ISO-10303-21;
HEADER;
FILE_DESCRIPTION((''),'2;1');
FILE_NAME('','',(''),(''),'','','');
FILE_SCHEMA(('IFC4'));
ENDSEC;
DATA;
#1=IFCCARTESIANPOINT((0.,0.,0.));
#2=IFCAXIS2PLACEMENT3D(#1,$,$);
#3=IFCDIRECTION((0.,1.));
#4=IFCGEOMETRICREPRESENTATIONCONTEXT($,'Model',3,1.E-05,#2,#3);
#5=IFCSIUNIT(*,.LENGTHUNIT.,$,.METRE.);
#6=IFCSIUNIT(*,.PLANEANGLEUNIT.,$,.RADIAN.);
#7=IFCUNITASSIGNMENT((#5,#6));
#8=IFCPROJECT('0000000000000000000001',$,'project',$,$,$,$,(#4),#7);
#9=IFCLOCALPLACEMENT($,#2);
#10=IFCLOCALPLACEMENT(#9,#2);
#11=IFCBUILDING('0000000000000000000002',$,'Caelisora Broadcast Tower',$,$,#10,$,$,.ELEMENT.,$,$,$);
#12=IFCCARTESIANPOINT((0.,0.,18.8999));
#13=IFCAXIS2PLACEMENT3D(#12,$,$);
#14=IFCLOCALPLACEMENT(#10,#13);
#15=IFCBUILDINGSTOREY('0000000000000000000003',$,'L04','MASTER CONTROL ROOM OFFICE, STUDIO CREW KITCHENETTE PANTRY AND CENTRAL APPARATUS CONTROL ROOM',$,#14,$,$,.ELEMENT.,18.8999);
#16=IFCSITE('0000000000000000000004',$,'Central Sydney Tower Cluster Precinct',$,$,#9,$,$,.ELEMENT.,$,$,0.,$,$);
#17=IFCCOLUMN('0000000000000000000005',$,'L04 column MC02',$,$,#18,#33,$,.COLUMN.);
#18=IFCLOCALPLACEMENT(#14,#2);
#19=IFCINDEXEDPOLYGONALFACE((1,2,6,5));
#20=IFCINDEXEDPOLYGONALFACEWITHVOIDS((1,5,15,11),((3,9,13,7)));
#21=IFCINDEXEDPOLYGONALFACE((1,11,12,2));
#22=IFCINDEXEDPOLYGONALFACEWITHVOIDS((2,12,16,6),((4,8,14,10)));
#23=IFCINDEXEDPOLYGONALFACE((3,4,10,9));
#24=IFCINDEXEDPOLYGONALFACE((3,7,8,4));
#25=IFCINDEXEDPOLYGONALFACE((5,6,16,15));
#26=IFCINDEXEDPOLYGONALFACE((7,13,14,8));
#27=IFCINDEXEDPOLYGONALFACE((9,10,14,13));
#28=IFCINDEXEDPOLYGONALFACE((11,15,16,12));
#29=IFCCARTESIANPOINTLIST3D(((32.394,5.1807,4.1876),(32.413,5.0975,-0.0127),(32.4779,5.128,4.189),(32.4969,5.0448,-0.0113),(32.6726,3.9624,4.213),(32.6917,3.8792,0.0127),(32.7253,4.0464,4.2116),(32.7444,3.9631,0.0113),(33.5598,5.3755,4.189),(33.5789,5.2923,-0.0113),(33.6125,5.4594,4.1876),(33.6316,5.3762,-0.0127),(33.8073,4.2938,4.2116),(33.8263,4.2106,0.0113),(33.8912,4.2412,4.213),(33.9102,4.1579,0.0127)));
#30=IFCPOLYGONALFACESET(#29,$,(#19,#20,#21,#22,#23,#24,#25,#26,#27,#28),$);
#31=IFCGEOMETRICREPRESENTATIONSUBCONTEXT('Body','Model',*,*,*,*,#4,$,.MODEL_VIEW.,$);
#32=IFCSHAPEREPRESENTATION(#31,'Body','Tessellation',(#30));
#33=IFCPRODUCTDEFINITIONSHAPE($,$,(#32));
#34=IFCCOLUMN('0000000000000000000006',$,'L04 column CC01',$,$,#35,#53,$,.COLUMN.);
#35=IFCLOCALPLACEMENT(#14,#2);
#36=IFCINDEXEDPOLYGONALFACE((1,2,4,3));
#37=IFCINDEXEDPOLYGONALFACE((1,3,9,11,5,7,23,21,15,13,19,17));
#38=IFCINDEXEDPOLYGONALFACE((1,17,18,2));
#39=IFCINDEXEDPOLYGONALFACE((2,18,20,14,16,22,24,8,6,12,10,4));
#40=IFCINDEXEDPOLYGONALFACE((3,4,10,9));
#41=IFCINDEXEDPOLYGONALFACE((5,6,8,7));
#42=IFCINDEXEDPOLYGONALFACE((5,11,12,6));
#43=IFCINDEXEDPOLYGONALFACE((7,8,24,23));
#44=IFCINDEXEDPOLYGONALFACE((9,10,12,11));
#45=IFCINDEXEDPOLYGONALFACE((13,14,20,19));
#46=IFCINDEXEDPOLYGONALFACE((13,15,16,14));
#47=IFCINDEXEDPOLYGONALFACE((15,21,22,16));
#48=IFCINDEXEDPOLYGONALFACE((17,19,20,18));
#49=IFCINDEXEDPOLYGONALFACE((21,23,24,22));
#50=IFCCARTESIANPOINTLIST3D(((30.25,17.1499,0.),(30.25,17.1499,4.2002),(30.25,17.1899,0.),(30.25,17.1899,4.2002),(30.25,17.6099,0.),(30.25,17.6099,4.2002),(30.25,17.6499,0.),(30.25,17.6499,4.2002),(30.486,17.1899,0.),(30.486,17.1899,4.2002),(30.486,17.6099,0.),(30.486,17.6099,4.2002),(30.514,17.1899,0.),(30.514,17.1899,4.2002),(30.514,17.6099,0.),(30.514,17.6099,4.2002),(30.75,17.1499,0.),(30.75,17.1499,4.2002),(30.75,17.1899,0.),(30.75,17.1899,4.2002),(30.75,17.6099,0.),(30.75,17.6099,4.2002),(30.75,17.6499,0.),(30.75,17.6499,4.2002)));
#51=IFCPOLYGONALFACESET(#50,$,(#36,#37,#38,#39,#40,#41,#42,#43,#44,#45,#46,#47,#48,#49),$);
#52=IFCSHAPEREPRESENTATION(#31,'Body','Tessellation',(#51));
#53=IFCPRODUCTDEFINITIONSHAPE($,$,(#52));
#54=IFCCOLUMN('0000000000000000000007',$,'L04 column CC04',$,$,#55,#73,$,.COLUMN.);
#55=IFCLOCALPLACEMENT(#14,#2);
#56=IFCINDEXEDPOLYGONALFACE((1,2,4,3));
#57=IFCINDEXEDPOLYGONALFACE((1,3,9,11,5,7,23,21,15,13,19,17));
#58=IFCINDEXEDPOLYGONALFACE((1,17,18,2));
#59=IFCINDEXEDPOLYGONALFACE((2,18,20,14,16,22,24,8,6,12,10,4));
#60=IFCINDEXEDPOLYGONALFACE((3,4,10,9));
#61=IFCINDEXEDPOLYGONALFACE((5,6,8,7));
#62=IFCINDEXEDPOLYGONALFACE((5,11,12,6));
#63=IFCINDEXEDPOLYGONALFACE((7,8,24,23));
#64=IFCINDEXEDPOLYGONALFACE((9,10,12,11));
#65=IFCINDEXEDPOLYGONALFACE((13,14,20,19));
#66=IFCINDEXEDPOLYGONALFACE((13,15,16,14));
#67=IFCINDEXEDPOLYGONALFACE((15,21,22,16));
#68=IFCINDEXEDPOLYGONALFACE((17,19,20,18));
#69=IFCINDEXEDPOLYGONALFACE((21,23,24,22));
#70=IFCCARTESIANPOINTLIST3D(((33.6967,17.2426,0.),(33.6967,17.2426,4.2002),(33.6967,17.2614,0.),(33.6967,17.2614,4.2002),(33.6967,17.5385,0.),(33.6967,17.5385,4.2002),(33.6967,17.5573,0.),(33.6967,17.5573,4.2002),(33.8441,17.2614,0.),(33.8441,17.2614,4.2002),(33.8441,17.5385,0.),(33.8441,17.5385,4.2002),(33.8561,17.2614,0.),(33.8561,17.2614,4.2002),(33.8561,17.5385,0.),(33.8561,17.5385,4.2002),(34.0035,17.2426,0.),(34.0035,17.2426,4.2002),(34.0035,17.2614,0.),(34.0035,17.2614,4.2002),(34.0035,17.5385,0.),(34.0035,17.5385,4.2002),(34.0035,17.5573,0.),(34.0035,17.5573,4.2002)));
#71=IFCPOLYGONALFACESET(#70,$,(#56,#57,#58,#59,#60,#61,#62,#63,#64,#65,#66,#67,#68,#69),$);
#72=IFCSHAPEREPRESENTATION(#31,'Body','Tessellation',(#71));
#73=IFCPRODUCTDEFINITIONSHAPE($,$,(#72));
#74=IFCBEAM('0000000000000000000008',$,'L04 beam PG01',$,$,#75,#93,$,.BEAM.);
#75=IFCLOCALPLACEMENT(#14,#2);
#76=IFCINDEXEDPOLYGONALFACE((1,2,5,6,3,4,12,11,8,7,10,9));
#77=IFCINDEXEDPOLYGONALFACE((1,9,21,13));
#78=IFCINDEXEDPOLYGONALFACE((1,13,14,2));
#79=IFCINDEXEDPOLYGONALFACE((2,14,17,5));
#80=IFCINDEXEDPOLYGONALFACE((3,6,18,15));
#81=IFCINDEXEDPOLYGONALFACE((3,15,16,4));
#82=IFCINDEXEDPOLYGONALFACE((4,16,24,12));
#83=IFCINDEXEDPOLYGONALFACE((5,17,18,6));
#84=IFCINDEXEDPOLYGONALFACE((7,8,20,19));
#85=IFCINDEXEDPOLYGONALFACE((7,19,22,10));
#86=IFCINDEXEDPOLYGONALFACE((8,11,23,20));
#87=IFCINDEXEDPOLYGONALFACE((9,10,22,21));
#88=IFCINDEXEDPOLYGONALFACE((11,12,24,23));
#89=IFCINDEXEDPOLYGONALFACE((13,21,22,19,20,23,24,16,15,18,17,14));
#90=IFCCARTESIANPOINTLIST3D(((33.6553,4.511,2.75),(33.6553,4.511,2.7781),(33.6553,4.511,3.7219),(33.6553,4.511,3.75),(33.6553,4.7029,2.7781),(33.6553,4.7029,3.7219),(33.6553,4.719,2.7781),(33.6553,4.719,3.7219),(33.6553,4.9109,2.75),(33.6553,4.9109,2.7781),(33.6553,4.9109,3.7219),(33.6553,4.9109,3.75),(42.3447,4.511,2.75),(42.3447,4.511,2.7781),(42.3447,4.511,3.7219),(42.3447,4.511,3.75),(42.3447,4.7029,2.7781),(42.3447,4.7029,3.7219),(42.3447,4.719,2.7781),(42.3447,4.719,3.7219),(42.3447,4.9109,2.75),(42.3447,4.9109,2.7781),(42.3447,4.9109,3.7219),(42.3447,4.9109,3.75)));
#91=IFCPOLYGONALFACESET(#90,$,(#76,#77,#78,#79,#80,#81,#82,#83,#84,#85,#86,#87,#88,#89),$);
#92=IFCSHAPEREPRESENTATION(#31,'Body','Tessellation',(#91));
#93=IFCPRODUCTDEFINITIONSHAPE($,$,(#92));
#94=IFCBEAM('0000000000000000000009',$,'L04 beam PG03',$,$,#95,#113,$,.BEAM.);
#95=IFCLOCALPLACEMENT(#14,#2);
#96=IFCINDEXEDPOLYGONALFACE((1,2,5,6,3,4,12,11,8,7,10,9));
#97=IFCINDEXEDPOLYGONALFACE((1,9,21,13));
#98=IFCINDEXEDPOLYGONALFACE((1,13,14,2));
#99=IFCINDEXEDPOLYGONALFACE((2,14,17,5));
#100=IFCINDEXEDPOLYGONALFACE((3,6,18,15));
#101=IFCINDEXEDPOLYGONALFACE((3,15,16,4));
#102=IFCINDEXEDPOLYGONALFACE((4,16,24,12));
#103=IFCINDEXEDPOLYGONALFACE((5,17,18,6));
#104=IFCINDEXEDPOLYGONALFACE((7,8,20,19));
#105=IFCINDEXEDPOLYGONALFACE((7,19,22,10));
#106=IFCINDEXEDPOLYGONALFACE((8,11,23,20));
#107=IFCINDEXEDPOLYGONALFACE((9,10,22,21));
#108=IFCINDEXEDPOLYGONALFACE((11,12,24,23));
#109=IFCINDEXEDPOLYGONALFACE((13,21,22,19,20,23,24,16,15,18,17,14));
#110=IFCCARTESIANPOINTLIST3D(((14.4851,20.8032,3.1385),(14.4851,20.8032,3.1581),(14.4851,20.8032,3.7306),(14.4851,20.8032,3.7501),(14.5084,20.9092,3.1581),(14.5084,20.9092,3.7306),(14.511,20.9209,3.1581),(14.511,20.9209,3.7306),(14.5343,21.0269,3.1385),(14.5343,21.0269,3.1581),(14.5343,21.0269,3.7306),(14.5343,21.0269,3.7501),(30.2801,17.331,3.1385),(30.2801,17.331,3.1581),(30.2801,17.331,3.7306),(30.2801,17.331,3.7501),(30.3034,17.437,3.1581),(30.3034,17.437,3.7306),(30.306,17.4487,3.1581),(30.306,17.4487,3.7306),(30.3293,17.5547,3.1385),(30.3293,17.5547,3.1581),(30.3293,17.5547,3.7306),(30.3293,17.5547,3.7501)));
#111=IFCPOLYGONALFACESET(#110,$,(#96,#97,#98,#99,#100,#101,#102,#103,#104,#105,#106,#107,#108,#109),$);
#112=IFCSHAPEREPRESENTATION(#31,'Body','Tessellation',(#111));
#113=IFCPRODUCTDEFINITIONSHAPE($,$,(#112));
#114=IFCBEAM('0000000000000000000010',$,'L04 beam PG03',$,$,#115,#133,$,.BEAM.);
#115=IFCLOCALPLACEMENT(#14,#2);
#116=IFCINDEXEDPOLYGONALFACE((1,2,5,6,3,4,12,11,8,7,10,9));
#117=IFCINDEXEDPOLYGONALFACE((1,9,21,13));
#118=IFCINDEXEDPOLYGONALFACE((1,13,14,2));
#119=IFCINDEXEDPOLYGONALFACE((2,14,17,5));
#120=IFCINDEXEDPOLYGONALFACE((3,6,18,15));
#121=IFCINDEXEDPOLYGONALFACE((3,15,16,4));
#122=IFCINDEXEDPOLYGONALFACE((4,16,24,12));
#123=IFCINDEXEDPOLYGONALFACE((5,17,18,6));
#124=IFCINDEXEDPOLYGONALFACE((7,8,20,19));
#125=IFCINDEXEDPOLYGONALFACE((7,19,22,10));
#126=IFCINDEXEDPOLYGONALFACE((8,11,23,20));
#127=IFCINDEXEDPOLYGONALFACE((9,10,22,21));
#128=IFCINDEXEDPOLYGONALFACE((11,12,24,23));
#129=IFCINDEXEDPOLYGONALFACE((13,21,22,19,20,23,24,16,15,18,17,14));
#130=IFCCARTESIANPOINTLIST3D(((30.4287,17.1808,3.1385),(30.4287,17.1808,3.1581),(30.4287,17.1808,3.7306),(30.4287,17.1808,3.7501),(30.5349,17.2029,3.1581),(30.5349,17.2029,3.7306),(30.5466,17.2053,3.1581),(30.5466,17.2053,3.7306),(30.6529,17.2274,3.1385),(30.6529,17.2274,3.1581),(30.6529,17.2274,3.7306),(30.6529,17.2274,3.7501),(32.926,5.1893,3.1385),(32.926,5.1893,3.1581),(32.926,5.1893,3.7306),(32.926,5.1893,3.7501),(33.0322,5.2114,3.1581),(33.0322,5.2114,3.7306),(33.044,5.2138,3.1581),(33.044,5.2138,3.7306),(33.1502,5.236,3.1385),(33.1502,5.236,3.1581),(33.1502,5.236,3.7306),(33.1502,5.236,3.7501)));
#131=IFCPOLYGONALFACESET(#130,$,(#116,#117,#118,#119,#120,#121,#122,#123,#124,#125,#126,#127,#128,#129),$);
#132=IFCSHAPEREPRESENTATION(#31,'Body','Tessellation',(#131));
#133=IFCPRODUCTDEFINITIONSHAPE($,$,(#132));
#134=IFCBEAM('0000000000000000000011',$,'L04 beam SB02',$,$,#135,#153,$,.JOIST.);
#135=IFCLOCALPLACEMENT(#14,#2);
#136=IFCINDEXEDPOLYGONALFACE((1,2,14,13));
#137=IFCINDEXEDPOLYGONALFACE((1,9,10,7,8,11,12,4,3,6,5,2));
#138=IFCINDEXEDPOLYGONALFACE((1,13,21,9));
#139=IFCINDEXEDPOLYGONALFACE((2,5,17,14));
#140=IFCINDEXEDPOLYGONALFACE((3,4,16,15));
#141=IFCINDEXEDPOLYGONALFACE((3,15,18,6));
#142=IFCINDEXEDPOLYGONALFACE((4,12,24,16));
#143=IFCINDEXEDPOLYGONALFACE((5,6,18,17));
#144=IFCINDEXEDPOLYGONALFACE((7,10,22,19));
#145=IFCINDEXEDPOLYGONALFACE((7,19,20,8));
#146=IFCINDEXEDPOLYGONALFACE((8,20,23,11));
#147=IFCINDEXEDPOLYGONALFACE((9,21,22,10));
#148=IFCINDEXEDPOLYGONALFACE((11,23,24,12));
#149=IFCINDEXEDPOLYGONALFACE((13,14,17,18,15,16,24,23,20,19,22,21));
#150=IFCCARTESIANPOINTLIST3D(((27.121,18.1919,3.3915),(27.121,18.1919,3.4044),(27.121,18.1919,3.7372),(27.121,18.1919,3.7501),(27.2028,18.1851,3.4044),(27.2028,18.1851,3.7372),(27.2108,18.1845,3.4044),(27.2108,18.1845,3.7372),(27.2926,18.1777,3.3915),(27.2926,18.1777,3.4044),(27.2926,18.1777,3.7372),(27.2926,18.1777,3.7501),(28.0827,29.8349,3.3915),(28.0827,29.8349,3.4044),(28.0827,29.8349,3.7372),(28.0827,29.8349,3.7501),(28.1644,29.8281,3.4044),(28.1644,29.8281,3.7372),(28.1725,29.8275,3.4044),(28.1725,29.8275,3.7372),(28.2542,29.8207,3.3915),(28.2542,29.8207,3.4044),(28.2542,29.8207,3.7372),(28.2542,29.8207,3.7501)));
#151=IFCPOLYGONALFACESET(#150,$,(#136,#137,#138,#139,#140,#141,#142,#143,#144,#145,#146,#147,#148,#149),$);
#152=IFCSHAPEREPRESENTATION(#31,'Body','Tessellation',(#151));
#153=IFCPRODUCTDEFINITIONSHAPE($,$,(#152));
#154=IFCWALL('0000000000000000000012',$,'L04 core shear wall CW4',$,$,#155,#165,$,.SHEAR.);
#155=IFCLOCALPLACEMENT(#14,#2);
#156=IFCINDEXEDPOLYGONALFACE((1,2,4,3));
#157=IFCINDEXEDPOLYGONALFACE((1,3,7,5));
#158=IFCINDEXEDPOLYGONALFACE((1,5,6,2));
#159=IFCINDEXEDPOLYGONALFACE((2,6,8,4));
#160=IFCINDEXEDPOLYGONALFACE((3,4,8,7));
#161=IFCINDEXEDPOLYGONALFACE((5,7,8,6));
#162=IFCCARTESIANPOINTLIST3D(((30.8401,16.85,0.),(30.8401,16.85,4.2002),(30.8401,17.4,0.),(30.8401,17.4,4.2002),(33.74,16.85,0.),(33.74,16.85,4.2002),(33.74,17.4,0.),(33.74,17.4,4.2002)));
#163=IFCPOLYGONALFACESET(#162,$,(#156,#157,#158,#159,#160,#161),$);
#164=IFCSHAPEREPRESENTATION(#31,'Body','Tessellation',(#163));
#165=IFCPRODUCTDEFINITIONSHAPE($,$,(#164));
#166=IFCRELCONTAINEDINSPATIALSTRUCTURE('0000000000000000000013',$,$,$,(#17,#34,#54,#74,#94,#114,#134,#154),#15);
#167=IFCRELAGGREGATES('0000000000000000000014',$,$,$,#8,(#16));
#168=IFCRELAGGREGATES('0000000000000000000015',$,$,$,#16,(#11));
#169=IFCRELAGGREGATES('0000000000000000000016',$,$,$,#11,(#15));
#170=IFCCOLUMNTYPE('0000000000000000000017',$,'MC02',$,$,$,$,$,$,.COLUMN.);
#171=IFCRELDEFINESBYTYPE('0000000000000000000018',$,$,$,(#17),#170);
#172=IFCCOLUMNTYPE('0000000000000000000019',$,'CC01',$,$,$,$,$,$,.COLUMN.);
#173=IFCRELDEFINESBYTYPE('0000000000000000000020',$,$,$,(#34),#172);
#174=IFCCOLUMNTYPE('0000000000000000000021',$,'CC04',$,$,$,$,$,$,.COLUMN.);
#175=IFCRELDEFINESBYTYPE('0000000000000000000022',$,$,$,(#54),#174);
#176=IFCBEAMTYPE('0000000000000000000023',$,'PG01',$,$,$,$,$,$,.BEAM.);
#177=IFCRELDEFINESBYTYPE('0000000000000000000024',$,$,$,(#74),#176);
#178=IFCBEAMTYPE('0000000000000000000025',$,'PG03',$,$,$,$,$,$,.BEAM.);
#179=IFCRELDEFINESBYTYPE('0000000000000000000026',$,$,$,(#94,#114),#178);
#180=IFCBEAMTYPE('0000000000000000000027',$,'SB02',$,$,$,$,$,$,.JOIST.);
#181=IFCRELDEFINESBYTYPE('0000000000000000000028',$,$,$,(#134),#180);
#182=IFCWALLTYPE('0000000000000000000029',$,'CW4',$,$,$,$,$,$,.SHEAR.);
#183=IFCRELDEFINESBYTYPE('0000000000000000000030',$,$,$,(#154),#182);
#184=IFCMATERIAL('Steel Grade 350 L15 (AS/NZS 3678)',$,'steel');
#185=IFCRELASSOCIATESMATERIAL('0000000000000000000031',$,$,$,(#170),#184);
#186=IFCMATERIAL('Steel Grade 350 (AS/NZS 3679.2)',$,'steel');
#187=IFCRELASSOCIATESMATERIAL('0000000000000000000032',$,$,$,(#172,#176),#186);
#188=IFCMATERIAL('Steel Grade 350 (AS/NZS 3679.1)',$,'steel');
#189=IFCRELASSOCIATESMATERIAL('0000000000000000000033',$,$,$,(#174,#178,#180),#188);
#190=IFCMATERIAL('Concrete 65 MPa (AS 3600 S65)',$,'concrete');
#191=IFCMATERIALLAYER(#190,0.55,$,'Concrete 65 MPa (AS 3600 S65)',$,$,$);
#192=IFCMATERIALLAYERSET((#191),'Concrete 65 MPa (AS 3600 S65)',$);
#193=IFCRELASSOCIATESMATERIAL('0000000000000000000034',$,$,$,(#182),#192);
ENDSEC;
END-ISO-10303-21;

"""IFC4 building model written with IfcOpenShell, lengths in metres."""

from ifc_helpers import new_model, si_unit, direction, frame, frame_2d, origin, origin_2d, place, context, subcontext, project, spatial, rectangle, hollow_rectangle, i_section, extrude, source, transform, mapped, material, layer, layer_set, material_profile, profile_set, type_object, type_shapes, element, save


model = new_model("IFC4")

# Units and contexts
model_context = context("Model", 3, precision=1e-05, world=origin(), true_north=direction((0.0, 1.0)))
body_context = subcontext(model_context, "Body", "Model", "MODEL_VIEW")
ifc_project = project(units=[si_unit("LENGTHUNIT", "METRE"), si_unit("PLANEANGLEUNIT", "RADIAN")], contexts=[model_context])

# Site, building, storey
site_placement = place(None, origin())
site = spatial("IfcSite", under=ifc_project, at=site_placement, Name="Central Sydney Tower Cluster Precinct", CompositionType="ELEMENT", RefElevation=0.0)
building_placement = place(site_placement, origin())
building = spatial("IfcBuilding", under=site, at=building_placement, Name="Caelisora Broadcast Tower", CompositionType="ELEMENT")
storey_placement = place(building_placement, frame((0.0, 0.0, 18.8999)))
storey = spatial("IfcBuildingStorey", under=building, at=storey_placement, Name="L04", Description="MASTER CONTROL ROOM OFFICE, STUDIO CREW KITCHENETTE PANTRY AND CENTRAL APPARATUS CONTROL ROOM", CompositionType="ELEMENT", Elevation=18.8999)

# Columns
ifc_material_1 = material(Name="Steel Grade 350 L15 (AS/NZS 3678)", Category="steel")
ifc_material_profile_1 = material_profile(ifc_material_1, hollow_rectangle(XDim=1.25, YDim=1.25, WallThickness=0.0701, at=origin_2d()), Name="Steel Grade 350 L15 (AS/NZS 3678)")
ifc_profile_set_1 = profile_set([ifc_material_profile_1], Name="Steel Grade 350 L15 (AS/NZS 3678)")
column_type_1 = type_object("IfcColumnType", Name="MC02", PredefinedType="COLUMN", material=ifc_profile_set_1)
shared_shape_1 = source(origin(), body_context, "Body", "SweptSolid", [
    extrude(hollow_rectangle(XDim=1.25, YDim=1.25, WallThickness=0.0701, at=origin_2d()), origin(), (0.0, 0.0, 1.0), 4.2012),
])
type_shapes(column_type_1, [shared_shape_1])
column_1_placement = place(storey_placement, frame((33.1616, 4.6277, 0.0), z_axis=(-0.004533, 0.019817, 0.999793), x_axis=(-0.974823, -0.22298, 0.0)))
element("IfcColumn", 1, at=column_1_placement, inside=storey, type_object=column_type_1, Name="L04 column MC02", PredefinedType="COLUMN", context=body_context, shape_type="MappedRepresentation", body=[
    mapped(shared_shape_1, transform((0.0, 0.0, 0.0), scale=1.0)),
])
ifc_material_2 = material(Name="Steel Grade 350 (AS/NZS 3679.2)", Category="steel")
ifc_material_profile_2 = material_profile(ifc_material_2, i_section(OverallWidth=0.5, OverallDepth=0.5, WebThickness=0.0281, FlangeThickness=0.04, at=origin_2d()), Name="Steel Grade 350 (AS/NZS 3679.2)")
ifc_profile_set_2 = profile_set([ifc_material_profile_2], Name="Steel Grade 350 (AS/NZS 3679.2)")
column_type_2 = type_object("IfcColumnType", Name="CC01", PredefinedType="COLUMN", material=ifc_profile_set_2)
shared_shape_2 = source(origin(), body_context, "Body", "SweptSolid", [
    extrude(i_section(OverallWidth=0.5, OverallDepth=0.5, WebThickness=0.0281, FlangeThickness=0.04, at=origin_2d()), origin(), (0.0, 0.0, 1.0), 4.2002),
])
type_shapes(column_type_2, [shared_shape_2])
column_2_placement = place(storey_placement, frame((30.5, 17.3999, 0.0), z_axis=(0.0, 0.0, 1.0), x_axis=(1.0, 0.0, 0.0)))
element("IfcColumn", 2, at=column_2_placement, inside=storey, type_object=column_type_2, Name="L04 column CC01", PredefinedType="COLUMN", context=body_context, shape_type="MappedRepresentation", body=[
    mapped(shared_shape_2, transform((0.0, 0.0, 0.0), scale=1.0)),
])
ifc_material_3 = material(Name="Steel Grade 350 (AS/NZS 3679.1)", Category="steel")
ifc_material_profile_3 = material_profile(ifc_material_3, i_section(OverallWidth=0.3069, OverallDepth=0.3147, WebThickness=0.012, FlangeThickness=0.0188, at=origin_2d()), Name="Steel Grade 350 (AS/NZS 3679.1)")
ifc_profile_set_3 = profile_set([ifc_material_profile_3], Name="Steel Grade 350 (AS/NZS 3679.1)")
column_type_3 = type_object("IfcColumnType", Name="CC04", PredefinedType="COLUMN", material=ifc_profile_set_3)
shared_shape_3 = source(origin(), body_context, "Body", "SweptSolid", [
    extrude(i_section(OverallWidth=0.3069, OverallDepth=0.3147, WebThickness=0.012, FlangeThickness=0.0188, at=origin_2d()), origin(), (0.0, 0.0, 1.0), 4.2002),
])
type_shapes(column_type_3, [shared_shape_3])
column_3_placement = place(storey_placement, frame((33.8501, 17.3999, 0.0), z_axis=(0.0, 0.0, 1.0), x_axis=(1.0, 0.0, 0.0)))
element("IfcColumn", 3, at=column_3_placement, inside=storey, type_object=column_type_3, Name="L04 column CC04", PredefinedType="COLUMN", context=body_context, shape_type="MappedRepresentation", body=[
    mapped(shared_shape_3, transform((0.0, 0.0, 0.0), scale=1.0)),
])

# Beams
ifc_material_profile_4 = material_profile(ifc_material_2, i_section(OverallWidth=0.3999, OverallDepth=1.0, WebThickness=0.0161, FlangeThickness=0.0281, at=origin_2d()), Name="Steel Grade 350 (AS/NZS 3679.2)")
ifc_profile_set_4 = profile_set([ifc_material_profile_4], Name="Steel Grade 350 (AS/NZS 3679.2)")
beam_type_1 = type_object("IfcBeamType", Name="PG01", PredefinedType="BEAM", material=ifc_profile_set_4)
shared_shape_4 = source(origin(), body_context, "Body", "SweptSolid", [
    extrude(i_section(OverallWidth=0.3999, OverallDepth=1.0, WebThickness=0.0161, FlangeThickness=0.0281, at=origin_2d()), origin(), (0.0, 0.0, 1.0), 8.6895),
])
type_shapes(beam_type_1, [shared_shape_4])
beam_1_placement = place(storey_placement, frame((33.6553, 4.7109, 3.25), z_axis=(1.0, 0.0, 0.0), x_axis=(0.0, 1.0, 0.0)))
element("IfcBeam", 4, at=beam_1_placement, inside=storey, type_object=beam_type_1, Name="L04 beam PG01", PredefinedType="BEAM", context=body_context, shape_type="MappedRepresentation", body=[
    mapped(shared_shape_4, transform((0.0, 0.0, 0.0), scale=1.0)),
])
ifc_material_profile_5 = material_profile(ifc_material_3, i_section(OverallWidth=0.229, OverallDepth=0.6116, WebThickness=0.012, FlangeThickness=0.0195, at=origin_2d()), Name="Steel Grade 350 (AS/NZS 3679.1)")
ifc_profile_set_5 = profile_set([ifc_material_profile_5], Name="Steel Grade 350 (AS/NZS 3679.1)")
beam_type_2 = type_object("IfcBeamType", Name="PG03", PredefinedType="BEAM", material=ifc_profile_set_5)
shared_shape_5 = source(origin(), body_context, "Body", "SweptSolid", [
    extrude(i_section(OverallWidth=0.229, OverallDepth=0.6116, WebThickness=0.012, FlangeThickness=0.0195, at=origin_2d()), origin(), (0.0, 0.0, 1.0), 16.1721),
])
beam_2_placement = place(storey_placement, frame((30.3047, 17.4429, 3.4443), z_axis=(-0.97668, 0.214702, 0.0), x_axis=(-0.214702, -0.97668, 0.0)))
element("IfcBeam", 5, at=beam_2_placement, inside=storey, type_object=beam_type_2, Name="L04 beam PG03", PredefinedType="BEAM", context=body_context, shape_type="MappedRepresentation", body=[
    mapped(shared_shape_5, transform((0.0, 0.0, 0.0), scale=1.0)),
])
shared_shape_6 = source(origin(), body_context, "Body", "SweptSolid", [
    extrude(i_section(OverallWidth=0.229, OverallDepth=0.6116, WebThickness=0.012, FlangeThickness=0.0195, at=origin_2d()), origin(), (0.0, 0.0, 1.0), 12.2488),
])
type_shapes(beam_type_2, [shared_shape_5, shared_shape_6])
beam_3_placement = place(storey_placement, frame((30.5408, 17.2041, 3.4443), z_axis=(0.203883, -0.978995, 0.0), x_axis=(0.978995, 0.203883, 0.0)))
element("IfcBeam", 6, at=beam_3_placement, inside=storey, type_object=beam_type_2, Name="L04 beam PG03", PredefinedType="BEAM", context=body_context, shape_type="MappedRepresentation", body=[
    mapped(shared_shape_6, transform((0.0, 0.0, 0.0), scale=1.0)),
])
ifc_material_profile_6 = material_profile(ifc_material_3, i_section(OverallWidth=0.1721, OverallDepth=0.3586, WebThickness=0.0081, FlangeThickness=0.0129, at=origin_2d()), Name="Steel Grade 350 (AS/NZS 3679.1)")
ifc_profile_set_6 = profile_set([ifc_material_profile_6], Name="Steel Grade 350 (AS/NZS 3679.1)")
beam_type_3 = type_object("IfcBeamType", Name="SB02", PredefinedType="JOIST", material=ifc_profile_set_6)
shared_shape_7 = source(origin(), body_context, "Body", "SweptSolid", [
    extrude(i_section(OverallWidth=0.1721, OverallDepth=0.3586, WebThickness=0.0081, FlangeThickness=0.0129, at=origin_2d()), origin(), (0.0, 0.0, 1.0), 11.6826),
])
type_shapes(beam_type_3, [shared_shape_7])
beam_4_placement = place(storey_placement, frame((27.2068, 18.1848, 3.5708), z_axis=(0.082316, 0.996606, 0.0), x_axis=(-0.996606, 0.082316, 0.0)))
element("IfcBeam", 7, at=beam_4_placement, inside=storey, type_object=beam_type_3, Name="L04 beam SB02", PredefinedType="JOIST", context=body_context, shape_type="MappedRepresentation", body=[
    mapped(shared_shape_7, transform((0.0, 0.0, 0.0), scale=1.0)),
])

# Shared definitions
ifc_material_4 = material(Name="Concrete 65 MPa (AS 3600 S65)", Category="concrete")

# Wall
ifc_layer_1 = layer(ifc_material_4, 0.55, Name="Concrete 65 MPa (AS 3600 S65)")
ifc_layer_set_1 = layer_set([ifc_layer_1], Name="Concrete 65 MPa (AS 3600 S65)")
wall_type_1 = type_object("IfcWallType", Name="CW4", PredefinedType="SHEAR", material=ifc_layer_set_1)
wall_1_placement = place(storey_placement, frame((30.8401, 17.125, 0.0), z_axis=(0.0, 0.0, 1.0), x_axis=(1.0, 0.0, 0.0)))
element("IfcWall", 8, at=wall_1_placement, inside=storey, type_object=wall_type_1, Name="L04 core shear wall CW4", PredefinedType="SHEAR", context=body_context, shape_type="SweptSolid", body=[
    extrude(rectangle(XDim=2.8999, YDim=0.55, at=frame_2d((1.45, 0.0))), origin(), (0.0, 0.0, 1.0), 4.2002),
])

save(model, "model.ifc")
